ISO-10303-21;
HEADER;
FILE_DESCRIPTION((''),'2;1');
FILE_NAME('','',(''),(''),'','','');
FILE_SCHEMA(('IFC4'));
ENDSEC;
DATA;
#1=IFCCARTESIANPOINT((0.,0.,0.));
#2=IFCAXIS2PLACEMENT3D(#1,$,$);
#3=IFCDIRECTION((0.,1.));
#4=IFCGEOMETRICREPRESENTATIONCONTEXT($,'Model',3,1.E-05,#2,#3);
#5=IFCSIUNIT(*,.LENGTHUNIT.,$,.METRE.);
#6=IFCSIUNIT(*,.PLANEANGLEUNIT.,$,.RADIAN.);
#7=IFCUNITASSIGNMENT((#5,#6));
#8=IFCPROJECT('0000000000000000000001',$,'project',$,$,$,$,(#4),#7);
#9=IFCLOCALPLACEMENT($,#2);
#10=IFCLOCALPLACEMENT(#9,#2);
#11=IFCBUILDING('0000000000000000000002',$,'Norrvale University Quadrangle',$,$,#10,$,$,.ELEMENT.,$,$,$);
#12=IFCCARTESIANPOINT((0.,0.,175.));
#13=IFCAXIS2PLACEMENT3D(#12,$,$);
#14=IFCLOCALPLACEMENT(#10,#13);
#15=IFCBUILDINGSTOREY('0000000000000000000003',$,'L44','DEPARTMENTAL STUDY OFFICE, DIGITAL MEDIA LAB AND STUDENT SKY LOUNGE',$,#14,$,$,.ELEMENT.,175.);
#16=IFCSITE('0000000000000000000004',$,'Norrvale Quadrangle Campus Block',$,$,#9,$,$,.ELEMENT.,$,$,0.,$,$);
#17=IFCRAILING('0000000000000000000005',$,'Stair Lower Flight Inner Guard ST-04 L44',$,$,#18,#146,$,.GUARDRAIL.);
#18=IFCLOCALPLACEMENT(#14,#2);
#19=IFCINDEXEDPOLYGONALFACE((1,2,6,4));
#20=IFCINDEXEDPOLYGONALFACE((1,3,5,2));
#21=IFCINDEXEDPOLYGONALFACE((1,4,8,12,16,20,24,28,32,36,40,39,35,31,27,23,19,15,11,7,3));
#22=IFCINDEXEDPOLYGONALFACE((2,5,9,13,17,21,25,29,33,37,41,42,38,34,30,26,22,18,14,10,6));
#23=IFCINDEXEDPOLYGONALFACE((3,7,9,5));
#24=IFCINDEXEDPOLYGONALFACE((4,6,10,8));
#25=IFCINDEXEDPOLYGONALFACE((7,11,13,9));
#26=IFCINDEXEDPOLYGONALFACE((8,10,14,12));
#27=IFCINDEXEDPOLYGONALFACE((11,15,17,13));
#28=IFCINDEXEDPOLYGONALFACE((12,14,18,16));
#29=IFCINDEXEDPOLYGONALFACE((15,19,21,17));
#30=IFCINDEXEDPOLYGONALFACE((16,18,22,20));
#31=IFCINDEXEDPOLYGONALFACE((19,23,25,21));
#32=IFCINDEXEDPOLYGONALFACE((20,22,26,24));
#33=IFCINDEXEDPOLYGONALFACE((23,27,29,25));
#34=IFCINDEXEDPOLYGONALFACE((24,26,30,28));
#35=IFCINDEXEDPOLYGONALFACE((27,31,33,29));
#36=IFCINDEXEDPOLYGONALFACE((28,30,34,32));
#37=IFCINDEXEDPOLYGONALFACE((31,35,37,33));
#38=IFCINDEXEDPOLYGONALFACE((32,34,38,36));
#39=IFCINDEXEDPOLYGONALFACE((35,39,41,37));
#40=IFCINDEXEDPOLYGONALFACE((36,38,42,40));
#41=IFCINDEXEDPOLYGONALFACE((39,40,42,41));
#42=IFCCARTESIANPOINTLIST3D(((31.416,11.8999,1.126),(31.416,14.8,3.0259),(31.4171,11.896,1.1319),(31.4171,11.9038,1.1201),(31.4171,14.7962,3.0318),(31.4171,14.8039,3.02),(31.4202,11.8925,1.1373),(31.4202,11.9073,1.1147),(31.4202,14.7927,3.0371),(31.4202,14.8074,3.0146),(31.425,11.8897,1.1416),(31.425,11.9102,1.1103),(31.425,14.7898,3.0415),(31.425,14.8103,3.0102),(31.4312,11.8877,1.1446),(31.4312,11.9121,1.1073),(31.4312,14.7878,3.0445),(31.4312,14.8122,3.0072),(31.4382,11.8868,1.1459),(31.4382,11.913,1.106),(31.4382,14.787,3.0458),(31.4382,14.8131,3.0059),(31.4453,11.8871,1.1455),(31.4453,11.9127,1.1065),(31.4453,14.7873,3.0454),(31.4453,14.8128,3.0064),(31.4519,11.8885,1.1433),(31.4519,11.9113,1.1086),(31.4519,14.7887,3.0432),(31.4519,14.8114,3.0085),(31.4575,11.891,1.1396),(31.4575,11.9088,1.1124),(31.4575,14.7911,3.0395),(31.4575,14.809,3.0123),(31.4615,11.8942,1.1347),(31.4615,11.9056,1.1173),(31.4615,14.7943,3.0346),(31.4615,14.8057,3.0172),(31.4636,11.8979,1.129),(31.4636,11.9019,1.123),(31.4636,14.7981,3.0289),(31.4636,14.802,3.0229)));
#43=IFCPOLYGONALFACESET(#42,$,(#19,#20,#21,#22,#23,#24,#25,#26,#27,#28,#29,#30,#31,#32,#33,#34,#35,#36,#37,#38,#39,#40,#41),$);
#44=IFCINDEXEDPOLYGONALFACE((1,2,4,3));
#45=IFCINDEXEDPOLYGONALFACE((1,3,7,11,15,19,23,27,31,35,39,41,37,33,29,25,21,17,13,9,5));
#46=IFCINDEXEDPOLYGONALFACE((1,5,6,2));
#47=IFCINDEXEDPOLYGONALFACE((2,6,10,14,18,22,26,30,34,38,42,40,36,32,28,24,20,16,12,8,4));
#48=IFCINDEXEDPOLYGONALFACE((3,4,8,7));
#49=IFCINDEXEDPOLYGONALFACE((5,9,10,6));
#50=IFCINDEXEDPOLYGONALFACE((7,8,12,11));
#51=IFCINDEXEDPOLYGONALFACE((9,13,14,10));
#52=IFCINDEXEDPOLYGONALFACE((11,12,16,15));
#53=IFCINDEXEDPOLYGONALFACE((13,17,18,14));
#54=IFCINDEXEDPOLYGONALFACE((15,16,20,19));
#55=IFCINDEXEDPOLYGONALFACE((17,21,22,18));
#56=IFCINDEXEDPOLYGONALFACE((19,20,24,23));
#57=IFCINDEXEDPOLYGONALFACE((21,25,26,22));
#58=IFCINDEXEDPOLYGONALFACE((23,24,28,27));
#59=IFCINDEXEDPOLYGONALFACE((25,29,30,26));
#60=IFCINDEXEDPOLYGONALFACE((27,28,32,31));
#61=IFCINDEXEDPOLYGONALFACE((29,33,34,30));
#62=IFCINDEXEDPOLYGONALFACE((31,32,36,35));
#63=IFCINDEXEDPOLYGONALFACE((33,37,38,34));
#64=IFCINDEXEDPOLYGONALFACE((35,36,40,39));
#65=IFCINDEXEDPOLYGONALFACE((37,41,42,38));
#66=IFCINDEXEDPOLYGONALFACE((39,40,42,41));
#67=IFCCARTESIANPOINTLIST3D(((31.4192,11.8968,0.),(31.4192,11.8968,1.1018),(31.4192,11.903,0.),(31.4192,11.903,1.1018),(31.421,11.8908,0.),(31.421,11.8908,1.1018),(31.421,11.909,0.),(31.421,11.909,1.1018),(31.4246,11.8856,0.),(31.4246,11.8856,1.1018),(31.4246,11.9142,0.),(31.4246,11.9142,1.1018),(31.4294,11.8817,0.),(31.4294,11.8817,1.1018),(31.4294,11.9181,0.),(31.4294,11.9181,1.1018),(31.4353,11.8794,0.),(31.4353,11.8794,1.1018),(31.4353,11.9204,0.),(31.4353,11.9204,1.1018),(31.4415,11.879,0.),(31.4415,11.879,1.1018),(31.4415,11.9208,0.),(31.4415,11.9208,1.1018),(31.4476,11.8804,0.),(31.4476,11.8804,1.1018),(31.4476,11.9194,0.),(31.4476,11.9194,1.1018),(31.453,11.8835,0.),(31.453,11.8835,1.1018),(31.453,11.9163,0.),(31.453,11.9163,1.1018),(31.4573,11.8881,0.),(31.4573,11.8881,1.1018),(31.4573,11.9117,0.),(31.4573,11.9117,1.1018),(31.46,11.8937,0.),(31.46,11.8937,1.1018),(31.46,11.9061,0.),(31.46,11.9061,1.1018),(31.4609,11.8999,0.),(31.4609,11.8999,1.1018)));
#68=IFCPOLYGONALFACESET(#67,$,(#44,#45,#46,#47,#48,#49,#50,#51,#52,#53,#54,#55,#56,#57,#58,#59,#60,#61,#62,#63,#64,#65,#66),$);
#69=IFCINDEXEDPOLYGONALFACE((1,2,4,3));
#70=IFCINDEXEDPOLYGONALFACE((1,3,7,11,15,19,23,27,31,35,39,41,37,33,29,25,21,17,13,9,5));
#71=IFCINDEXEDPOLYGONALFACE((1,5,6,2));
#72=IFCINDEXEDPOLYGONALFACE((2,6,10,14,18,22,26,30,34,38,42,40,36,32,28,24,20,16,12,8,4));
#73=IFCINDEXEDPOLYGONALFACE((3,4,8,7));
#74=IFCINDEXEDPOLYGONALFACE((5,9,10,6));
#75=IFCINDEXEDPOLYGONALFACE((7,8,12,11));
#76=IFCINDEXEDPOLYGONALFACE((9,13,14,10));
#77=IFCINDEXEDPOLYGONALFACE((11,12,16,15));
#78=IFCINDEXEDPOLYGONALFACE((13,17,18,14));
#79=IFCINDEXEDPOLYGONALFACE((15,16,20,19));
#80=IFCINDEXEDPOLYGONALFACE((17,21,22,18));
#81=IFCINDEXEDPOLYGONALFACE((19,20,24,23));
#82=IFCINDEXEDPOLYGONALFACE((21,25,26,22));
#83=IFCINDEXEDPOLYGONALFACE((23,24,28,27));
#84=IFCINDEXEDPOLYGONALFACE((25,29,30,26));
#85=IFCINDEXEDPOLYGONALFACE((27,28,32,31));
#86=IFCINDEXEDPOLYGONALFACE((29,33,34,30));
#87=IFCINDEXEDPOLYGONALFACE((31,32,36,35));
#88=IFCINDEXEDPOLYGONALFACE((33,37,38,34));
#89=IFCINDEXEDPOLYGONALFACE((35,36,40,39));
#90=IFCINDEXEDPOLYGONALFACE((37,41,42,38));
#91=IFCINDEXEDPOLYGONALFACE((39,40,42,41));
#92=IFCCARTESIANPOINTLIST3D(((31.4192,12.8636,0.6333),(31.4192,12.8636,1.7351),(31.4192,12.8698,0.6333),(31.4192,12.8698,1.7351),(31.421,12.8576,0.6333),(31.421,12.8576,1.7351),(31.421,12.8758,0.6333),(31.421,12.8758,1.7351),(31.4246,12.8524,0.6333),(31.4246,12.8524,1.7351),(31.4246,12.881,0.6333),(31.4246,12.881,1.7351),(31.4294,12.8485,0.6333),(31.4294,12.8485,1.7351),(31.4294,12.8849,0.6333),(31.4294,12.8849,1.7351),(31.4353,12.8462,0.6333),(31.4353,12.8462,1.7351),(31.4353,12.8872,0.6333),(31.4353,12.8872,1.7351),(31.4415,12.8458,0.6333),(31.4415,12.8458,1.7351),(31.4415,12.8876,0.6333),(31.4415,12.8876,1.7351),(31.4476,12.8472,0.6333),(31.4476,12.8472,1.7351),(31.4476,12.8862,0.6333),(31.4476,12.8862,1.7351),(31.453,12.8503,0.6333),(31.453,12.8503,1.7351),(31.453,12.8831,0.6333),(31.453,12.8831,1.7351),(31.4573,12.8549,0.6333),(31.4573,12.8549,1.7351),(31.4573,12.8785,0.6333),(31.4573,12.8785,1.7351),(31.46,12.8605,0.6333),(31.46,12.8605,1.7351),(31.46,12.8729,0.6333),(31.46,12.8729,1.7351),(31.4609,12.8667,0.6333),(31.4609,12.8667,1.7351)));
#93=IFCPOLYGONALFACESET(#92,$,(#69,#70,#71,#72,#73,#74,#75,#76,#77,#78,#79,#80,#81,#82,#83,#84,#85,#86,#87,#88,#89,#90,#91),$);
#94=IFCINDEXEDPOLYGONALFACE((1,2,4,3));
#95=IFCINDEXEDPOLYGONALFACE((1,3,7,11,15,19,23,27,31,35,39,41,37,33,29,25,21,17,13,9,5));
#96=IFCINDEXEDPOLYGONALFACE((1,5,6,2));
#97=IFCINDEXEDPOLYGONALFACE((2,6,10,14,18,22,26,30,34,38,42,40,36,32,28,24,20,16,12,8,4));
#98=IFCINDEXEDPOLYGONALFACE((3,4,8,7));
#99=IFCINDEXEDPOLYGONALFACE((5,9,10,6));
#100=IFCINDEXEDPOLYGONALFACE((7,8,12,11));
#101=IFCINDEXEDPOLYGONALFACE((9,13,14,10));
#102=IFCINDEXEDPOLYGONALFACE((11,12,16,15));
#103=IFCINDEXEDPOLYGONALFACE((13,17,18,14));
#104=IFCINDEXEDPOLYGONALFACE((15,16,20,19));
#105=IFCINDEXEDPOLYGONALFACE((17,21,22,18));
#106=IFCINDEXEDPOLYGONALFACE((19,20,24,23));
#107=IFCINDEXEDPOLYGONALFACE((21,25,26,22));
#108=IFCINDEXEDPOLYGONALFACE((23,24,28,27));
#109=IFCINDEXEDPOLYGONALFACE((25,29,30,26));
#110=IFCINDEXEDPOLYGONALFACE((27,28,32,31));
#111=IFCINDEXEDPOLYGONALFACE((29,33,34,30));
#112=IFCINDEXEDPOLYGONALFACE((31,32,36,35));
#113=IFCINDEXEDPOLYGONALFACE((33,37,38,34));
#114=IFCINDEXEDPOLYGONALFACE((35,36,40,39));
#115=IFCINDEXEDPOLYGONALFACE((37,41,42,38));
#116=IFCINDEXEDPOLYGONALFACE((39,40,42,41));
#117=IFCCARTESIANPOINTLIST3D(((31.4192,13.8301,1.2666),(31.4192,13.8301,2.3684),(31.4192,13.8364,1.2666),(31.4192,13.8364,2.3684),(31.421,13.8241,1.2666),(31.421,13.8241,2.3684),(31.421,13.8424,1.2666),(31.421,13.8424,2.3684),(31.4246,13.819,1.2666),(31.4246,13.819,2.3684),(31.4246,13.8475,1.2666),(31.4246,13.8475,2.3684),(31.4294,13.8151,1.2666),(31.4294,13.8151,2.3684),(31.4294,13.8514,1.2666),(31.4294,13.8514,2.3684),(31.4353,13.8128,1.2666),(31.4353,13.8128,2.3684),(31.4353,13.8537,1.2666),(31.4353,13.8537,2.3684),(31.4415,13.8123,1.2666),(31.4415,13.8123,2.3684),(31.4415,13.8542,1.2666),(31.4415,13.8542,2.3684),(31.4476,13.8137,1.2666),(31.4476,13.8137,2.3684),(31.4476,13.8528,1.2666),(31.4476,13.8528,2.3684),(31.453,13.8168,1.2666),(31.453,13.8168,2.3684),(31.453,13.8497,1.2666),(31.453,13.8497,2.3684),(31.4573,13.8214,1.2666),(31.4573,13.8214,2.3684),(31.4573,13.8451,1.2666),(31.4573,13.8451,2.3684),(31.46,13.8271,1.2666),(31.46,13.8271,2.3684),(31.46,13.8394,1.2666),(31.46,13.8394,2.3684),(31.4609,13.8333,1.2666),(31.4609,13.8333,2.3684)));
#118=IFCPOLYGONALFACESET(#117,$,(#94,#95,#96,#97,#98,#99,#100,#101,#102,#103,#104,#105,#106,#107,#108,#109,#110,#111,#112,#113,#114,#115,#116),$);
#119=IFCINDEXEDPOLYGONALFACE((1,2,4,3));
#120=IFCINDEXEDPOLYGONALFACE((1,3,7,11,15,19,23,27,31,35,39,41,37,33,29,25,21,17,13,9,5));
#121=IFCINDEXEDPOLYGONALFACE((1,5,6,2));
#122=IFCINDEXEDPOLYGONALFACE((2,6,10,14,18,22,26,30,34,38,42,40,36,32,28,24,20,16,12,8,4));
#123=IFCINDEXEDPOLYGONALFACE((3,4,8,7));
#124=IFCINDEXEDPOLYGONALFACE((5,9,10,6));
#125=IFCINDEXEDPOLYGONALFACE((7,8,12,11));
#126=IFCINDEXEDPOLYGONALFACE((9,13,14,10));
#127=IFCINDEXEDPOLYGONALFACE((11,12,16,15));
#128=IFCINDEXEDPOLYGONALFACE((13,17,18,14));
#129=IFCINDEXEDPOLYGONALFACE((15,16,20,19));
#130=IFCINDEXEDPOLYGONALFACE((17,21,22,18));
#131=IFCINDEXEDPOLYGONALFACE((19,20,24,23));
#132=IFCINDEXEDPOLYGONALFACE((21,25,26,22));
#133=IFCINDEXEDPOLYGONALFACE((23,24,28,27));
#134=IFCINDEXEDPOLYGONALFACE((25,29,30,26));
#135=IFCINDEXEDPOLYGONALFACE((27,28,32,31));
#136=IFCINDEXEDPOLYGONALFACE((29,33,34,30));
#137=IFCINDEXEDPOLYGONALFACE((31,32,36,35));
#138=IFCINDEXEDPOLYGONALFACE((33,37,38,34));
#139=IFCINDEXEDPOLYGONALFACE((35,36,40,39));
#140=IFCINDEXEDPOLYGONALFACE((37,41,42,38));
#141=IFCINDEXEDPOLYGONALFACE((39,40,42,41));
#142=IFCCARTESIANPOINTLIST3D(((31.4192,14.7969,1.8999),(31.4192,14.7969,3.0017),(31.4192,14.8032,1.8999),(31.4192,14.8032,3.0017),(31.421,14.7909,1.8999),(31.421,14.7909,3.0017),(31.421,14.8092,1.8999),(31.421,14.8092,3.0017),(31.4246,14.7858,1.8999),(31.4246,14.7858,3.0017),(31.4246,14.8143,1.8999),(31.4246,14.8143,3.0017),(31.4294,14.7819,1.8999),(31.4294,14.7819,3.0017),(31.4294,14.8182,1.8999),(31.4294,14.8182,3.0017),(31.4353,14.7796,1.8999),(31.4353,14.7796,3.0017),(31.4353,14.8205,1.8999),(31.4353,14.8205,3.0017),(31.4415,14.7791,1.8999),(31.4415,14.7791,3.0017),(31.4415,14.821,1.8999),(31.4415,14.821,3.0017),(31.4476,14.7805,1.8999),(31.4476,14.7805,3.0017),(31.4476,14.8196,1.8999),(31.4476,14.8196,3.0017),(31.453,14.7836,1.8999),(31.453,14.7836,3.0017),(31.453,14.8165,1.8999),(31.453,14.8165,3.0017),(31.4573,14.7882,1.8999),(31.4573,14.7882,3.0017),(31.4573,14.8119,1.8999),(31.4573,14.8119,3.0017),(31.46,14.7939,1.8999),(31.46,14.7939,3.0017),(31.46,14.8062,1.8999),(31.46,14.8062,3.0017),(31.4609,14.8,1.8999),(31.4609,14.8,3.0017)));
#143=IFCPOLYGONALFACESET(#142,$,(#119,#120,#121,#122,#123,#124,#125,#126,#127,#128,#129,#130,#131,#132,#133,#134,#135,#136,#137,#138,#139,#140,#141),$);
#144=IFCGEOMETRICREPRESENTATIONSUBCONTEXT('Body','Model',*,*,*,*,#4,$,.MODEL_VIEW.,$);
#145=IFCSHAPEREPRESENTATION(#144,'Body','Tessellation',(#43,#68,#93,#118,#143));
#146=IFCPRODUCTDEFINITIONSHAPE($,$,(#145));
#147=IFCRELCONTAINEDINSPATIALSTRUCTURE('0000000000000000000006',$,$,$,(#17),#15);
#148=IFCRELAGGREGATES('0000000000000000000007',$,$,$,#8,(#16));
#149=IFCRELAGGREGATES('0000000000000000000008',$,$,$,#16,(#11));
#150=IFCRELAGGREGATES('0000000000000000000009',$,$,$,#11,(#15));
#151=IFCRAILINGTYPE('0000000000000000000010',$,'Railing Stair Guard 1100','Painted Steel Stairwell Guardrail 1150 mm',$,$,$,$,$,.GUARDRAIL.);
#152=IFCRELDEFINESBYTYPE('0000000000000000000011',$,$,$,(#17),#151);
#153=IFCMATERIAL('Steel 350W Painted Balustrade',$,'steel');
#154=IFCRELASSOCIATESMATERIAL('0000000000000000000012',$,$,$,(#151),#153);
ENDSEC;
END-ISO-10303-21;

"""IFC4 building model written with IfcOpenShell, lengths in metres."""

from ifc_helpers import new_model, si_unit, direction, frame, origin, origin_2d, place, context, subcontext, project, spatial, circle, extrude, material, type_object, element, save


model = new_model("IFC4")

# Units and contexts
model_context = context("Model", 3, precision=1e-05, world=origin(), true_north=direction((0.0, 1.0)))
body_context = subcontext(model_context, "Body", "Model", "MODEL_VIEW")
ifc_project = project(units=[si_unit("LENGTHUNIT", "METRE"), si_unit("PLANEANGLEUNIT", "RADIAN")], contexts=[model_context])

# Site, building, storey
site_placement = place(None, origin())
site = spatial("IfcSite", under=ifc_project, at=site_placement, Name="Norrvale Quadrangle Campus Block", CompositionType="ELEMENT", RefElevation=0.0)
building_placement = place(site_placement, origin())
building = spatial("IfcBuilding", under=site, at=building_placement, Name="Norrvale University Quadrangle", CompositionType="ELEMENT")
storey_placement = place(building_placement, frame((0.0, 0.0, 175.0)))
storey = spatial("IfcBuildingStorey", under=building, at=storey_placement, Name="L44", Description="DEPARTMENTAL STUDY OFFICE, DIGITAL MEDIA LAB AND STUDENT SKY LOUNGE", CompositionType="ELEMENT", Elevation=175.0)

# Railing
ifc_material_1 = material(Name="Steel 350W Painted Balustrade", Category="steel")
railing_type_1 = type_object("IfcRailingType", Name="Railing Stair Guard 1100", Description="Painted Steel Stairwell Guardrail 1150 mm", PredefinedType="GUARDRAIL", material=ifc_material_1)
railing_1_placement = place(storey_placement, frame((31.4399, 11.8999, 0.0)))
element("IfcRailing", 1, at=railing_1_placement, inside=storey, type_object=railing_type_1, Name="Stair Lower Flight Inner Guard ST-04 L44", PredefinedType="GUARDRAIL", context=body_context, shape_type="SweptSolid", body=[
    extrude(circle(Radius=0.0239, at=origin_2d()), frame((0.0, 0.0, 1.126), z_axis=(0.0, 0.836487, 0.547987), x_axis=(-1.0, 0.0, 0.0)), (0.0, 0.0, 1.0), 3.467),
    extrude(circle(Radius=0.021, at=origin_2d()), origin(), (0.0, 0.0, 1.0), 1.1018),
    extrude(circle(Radius=0.021, at=origin_2d()), frame((0.0, 0.9668, 0.6333)), (0.0, 0.0, 1.0), 1.1018),
    extrude(circle(Radius=0.021, at=origin_2d()), frame((0.0, 1.9333, 1.2666)), (0.0, 0.0, 1.0), 1.1018),
    extrude(circle(Radius=0.021, at=origin_2d()), frame((0.0, 2.9001, 1.8999)), (0.0, 0.0, 1.0), 1.1018),
])

save(model, "model.ifc")
